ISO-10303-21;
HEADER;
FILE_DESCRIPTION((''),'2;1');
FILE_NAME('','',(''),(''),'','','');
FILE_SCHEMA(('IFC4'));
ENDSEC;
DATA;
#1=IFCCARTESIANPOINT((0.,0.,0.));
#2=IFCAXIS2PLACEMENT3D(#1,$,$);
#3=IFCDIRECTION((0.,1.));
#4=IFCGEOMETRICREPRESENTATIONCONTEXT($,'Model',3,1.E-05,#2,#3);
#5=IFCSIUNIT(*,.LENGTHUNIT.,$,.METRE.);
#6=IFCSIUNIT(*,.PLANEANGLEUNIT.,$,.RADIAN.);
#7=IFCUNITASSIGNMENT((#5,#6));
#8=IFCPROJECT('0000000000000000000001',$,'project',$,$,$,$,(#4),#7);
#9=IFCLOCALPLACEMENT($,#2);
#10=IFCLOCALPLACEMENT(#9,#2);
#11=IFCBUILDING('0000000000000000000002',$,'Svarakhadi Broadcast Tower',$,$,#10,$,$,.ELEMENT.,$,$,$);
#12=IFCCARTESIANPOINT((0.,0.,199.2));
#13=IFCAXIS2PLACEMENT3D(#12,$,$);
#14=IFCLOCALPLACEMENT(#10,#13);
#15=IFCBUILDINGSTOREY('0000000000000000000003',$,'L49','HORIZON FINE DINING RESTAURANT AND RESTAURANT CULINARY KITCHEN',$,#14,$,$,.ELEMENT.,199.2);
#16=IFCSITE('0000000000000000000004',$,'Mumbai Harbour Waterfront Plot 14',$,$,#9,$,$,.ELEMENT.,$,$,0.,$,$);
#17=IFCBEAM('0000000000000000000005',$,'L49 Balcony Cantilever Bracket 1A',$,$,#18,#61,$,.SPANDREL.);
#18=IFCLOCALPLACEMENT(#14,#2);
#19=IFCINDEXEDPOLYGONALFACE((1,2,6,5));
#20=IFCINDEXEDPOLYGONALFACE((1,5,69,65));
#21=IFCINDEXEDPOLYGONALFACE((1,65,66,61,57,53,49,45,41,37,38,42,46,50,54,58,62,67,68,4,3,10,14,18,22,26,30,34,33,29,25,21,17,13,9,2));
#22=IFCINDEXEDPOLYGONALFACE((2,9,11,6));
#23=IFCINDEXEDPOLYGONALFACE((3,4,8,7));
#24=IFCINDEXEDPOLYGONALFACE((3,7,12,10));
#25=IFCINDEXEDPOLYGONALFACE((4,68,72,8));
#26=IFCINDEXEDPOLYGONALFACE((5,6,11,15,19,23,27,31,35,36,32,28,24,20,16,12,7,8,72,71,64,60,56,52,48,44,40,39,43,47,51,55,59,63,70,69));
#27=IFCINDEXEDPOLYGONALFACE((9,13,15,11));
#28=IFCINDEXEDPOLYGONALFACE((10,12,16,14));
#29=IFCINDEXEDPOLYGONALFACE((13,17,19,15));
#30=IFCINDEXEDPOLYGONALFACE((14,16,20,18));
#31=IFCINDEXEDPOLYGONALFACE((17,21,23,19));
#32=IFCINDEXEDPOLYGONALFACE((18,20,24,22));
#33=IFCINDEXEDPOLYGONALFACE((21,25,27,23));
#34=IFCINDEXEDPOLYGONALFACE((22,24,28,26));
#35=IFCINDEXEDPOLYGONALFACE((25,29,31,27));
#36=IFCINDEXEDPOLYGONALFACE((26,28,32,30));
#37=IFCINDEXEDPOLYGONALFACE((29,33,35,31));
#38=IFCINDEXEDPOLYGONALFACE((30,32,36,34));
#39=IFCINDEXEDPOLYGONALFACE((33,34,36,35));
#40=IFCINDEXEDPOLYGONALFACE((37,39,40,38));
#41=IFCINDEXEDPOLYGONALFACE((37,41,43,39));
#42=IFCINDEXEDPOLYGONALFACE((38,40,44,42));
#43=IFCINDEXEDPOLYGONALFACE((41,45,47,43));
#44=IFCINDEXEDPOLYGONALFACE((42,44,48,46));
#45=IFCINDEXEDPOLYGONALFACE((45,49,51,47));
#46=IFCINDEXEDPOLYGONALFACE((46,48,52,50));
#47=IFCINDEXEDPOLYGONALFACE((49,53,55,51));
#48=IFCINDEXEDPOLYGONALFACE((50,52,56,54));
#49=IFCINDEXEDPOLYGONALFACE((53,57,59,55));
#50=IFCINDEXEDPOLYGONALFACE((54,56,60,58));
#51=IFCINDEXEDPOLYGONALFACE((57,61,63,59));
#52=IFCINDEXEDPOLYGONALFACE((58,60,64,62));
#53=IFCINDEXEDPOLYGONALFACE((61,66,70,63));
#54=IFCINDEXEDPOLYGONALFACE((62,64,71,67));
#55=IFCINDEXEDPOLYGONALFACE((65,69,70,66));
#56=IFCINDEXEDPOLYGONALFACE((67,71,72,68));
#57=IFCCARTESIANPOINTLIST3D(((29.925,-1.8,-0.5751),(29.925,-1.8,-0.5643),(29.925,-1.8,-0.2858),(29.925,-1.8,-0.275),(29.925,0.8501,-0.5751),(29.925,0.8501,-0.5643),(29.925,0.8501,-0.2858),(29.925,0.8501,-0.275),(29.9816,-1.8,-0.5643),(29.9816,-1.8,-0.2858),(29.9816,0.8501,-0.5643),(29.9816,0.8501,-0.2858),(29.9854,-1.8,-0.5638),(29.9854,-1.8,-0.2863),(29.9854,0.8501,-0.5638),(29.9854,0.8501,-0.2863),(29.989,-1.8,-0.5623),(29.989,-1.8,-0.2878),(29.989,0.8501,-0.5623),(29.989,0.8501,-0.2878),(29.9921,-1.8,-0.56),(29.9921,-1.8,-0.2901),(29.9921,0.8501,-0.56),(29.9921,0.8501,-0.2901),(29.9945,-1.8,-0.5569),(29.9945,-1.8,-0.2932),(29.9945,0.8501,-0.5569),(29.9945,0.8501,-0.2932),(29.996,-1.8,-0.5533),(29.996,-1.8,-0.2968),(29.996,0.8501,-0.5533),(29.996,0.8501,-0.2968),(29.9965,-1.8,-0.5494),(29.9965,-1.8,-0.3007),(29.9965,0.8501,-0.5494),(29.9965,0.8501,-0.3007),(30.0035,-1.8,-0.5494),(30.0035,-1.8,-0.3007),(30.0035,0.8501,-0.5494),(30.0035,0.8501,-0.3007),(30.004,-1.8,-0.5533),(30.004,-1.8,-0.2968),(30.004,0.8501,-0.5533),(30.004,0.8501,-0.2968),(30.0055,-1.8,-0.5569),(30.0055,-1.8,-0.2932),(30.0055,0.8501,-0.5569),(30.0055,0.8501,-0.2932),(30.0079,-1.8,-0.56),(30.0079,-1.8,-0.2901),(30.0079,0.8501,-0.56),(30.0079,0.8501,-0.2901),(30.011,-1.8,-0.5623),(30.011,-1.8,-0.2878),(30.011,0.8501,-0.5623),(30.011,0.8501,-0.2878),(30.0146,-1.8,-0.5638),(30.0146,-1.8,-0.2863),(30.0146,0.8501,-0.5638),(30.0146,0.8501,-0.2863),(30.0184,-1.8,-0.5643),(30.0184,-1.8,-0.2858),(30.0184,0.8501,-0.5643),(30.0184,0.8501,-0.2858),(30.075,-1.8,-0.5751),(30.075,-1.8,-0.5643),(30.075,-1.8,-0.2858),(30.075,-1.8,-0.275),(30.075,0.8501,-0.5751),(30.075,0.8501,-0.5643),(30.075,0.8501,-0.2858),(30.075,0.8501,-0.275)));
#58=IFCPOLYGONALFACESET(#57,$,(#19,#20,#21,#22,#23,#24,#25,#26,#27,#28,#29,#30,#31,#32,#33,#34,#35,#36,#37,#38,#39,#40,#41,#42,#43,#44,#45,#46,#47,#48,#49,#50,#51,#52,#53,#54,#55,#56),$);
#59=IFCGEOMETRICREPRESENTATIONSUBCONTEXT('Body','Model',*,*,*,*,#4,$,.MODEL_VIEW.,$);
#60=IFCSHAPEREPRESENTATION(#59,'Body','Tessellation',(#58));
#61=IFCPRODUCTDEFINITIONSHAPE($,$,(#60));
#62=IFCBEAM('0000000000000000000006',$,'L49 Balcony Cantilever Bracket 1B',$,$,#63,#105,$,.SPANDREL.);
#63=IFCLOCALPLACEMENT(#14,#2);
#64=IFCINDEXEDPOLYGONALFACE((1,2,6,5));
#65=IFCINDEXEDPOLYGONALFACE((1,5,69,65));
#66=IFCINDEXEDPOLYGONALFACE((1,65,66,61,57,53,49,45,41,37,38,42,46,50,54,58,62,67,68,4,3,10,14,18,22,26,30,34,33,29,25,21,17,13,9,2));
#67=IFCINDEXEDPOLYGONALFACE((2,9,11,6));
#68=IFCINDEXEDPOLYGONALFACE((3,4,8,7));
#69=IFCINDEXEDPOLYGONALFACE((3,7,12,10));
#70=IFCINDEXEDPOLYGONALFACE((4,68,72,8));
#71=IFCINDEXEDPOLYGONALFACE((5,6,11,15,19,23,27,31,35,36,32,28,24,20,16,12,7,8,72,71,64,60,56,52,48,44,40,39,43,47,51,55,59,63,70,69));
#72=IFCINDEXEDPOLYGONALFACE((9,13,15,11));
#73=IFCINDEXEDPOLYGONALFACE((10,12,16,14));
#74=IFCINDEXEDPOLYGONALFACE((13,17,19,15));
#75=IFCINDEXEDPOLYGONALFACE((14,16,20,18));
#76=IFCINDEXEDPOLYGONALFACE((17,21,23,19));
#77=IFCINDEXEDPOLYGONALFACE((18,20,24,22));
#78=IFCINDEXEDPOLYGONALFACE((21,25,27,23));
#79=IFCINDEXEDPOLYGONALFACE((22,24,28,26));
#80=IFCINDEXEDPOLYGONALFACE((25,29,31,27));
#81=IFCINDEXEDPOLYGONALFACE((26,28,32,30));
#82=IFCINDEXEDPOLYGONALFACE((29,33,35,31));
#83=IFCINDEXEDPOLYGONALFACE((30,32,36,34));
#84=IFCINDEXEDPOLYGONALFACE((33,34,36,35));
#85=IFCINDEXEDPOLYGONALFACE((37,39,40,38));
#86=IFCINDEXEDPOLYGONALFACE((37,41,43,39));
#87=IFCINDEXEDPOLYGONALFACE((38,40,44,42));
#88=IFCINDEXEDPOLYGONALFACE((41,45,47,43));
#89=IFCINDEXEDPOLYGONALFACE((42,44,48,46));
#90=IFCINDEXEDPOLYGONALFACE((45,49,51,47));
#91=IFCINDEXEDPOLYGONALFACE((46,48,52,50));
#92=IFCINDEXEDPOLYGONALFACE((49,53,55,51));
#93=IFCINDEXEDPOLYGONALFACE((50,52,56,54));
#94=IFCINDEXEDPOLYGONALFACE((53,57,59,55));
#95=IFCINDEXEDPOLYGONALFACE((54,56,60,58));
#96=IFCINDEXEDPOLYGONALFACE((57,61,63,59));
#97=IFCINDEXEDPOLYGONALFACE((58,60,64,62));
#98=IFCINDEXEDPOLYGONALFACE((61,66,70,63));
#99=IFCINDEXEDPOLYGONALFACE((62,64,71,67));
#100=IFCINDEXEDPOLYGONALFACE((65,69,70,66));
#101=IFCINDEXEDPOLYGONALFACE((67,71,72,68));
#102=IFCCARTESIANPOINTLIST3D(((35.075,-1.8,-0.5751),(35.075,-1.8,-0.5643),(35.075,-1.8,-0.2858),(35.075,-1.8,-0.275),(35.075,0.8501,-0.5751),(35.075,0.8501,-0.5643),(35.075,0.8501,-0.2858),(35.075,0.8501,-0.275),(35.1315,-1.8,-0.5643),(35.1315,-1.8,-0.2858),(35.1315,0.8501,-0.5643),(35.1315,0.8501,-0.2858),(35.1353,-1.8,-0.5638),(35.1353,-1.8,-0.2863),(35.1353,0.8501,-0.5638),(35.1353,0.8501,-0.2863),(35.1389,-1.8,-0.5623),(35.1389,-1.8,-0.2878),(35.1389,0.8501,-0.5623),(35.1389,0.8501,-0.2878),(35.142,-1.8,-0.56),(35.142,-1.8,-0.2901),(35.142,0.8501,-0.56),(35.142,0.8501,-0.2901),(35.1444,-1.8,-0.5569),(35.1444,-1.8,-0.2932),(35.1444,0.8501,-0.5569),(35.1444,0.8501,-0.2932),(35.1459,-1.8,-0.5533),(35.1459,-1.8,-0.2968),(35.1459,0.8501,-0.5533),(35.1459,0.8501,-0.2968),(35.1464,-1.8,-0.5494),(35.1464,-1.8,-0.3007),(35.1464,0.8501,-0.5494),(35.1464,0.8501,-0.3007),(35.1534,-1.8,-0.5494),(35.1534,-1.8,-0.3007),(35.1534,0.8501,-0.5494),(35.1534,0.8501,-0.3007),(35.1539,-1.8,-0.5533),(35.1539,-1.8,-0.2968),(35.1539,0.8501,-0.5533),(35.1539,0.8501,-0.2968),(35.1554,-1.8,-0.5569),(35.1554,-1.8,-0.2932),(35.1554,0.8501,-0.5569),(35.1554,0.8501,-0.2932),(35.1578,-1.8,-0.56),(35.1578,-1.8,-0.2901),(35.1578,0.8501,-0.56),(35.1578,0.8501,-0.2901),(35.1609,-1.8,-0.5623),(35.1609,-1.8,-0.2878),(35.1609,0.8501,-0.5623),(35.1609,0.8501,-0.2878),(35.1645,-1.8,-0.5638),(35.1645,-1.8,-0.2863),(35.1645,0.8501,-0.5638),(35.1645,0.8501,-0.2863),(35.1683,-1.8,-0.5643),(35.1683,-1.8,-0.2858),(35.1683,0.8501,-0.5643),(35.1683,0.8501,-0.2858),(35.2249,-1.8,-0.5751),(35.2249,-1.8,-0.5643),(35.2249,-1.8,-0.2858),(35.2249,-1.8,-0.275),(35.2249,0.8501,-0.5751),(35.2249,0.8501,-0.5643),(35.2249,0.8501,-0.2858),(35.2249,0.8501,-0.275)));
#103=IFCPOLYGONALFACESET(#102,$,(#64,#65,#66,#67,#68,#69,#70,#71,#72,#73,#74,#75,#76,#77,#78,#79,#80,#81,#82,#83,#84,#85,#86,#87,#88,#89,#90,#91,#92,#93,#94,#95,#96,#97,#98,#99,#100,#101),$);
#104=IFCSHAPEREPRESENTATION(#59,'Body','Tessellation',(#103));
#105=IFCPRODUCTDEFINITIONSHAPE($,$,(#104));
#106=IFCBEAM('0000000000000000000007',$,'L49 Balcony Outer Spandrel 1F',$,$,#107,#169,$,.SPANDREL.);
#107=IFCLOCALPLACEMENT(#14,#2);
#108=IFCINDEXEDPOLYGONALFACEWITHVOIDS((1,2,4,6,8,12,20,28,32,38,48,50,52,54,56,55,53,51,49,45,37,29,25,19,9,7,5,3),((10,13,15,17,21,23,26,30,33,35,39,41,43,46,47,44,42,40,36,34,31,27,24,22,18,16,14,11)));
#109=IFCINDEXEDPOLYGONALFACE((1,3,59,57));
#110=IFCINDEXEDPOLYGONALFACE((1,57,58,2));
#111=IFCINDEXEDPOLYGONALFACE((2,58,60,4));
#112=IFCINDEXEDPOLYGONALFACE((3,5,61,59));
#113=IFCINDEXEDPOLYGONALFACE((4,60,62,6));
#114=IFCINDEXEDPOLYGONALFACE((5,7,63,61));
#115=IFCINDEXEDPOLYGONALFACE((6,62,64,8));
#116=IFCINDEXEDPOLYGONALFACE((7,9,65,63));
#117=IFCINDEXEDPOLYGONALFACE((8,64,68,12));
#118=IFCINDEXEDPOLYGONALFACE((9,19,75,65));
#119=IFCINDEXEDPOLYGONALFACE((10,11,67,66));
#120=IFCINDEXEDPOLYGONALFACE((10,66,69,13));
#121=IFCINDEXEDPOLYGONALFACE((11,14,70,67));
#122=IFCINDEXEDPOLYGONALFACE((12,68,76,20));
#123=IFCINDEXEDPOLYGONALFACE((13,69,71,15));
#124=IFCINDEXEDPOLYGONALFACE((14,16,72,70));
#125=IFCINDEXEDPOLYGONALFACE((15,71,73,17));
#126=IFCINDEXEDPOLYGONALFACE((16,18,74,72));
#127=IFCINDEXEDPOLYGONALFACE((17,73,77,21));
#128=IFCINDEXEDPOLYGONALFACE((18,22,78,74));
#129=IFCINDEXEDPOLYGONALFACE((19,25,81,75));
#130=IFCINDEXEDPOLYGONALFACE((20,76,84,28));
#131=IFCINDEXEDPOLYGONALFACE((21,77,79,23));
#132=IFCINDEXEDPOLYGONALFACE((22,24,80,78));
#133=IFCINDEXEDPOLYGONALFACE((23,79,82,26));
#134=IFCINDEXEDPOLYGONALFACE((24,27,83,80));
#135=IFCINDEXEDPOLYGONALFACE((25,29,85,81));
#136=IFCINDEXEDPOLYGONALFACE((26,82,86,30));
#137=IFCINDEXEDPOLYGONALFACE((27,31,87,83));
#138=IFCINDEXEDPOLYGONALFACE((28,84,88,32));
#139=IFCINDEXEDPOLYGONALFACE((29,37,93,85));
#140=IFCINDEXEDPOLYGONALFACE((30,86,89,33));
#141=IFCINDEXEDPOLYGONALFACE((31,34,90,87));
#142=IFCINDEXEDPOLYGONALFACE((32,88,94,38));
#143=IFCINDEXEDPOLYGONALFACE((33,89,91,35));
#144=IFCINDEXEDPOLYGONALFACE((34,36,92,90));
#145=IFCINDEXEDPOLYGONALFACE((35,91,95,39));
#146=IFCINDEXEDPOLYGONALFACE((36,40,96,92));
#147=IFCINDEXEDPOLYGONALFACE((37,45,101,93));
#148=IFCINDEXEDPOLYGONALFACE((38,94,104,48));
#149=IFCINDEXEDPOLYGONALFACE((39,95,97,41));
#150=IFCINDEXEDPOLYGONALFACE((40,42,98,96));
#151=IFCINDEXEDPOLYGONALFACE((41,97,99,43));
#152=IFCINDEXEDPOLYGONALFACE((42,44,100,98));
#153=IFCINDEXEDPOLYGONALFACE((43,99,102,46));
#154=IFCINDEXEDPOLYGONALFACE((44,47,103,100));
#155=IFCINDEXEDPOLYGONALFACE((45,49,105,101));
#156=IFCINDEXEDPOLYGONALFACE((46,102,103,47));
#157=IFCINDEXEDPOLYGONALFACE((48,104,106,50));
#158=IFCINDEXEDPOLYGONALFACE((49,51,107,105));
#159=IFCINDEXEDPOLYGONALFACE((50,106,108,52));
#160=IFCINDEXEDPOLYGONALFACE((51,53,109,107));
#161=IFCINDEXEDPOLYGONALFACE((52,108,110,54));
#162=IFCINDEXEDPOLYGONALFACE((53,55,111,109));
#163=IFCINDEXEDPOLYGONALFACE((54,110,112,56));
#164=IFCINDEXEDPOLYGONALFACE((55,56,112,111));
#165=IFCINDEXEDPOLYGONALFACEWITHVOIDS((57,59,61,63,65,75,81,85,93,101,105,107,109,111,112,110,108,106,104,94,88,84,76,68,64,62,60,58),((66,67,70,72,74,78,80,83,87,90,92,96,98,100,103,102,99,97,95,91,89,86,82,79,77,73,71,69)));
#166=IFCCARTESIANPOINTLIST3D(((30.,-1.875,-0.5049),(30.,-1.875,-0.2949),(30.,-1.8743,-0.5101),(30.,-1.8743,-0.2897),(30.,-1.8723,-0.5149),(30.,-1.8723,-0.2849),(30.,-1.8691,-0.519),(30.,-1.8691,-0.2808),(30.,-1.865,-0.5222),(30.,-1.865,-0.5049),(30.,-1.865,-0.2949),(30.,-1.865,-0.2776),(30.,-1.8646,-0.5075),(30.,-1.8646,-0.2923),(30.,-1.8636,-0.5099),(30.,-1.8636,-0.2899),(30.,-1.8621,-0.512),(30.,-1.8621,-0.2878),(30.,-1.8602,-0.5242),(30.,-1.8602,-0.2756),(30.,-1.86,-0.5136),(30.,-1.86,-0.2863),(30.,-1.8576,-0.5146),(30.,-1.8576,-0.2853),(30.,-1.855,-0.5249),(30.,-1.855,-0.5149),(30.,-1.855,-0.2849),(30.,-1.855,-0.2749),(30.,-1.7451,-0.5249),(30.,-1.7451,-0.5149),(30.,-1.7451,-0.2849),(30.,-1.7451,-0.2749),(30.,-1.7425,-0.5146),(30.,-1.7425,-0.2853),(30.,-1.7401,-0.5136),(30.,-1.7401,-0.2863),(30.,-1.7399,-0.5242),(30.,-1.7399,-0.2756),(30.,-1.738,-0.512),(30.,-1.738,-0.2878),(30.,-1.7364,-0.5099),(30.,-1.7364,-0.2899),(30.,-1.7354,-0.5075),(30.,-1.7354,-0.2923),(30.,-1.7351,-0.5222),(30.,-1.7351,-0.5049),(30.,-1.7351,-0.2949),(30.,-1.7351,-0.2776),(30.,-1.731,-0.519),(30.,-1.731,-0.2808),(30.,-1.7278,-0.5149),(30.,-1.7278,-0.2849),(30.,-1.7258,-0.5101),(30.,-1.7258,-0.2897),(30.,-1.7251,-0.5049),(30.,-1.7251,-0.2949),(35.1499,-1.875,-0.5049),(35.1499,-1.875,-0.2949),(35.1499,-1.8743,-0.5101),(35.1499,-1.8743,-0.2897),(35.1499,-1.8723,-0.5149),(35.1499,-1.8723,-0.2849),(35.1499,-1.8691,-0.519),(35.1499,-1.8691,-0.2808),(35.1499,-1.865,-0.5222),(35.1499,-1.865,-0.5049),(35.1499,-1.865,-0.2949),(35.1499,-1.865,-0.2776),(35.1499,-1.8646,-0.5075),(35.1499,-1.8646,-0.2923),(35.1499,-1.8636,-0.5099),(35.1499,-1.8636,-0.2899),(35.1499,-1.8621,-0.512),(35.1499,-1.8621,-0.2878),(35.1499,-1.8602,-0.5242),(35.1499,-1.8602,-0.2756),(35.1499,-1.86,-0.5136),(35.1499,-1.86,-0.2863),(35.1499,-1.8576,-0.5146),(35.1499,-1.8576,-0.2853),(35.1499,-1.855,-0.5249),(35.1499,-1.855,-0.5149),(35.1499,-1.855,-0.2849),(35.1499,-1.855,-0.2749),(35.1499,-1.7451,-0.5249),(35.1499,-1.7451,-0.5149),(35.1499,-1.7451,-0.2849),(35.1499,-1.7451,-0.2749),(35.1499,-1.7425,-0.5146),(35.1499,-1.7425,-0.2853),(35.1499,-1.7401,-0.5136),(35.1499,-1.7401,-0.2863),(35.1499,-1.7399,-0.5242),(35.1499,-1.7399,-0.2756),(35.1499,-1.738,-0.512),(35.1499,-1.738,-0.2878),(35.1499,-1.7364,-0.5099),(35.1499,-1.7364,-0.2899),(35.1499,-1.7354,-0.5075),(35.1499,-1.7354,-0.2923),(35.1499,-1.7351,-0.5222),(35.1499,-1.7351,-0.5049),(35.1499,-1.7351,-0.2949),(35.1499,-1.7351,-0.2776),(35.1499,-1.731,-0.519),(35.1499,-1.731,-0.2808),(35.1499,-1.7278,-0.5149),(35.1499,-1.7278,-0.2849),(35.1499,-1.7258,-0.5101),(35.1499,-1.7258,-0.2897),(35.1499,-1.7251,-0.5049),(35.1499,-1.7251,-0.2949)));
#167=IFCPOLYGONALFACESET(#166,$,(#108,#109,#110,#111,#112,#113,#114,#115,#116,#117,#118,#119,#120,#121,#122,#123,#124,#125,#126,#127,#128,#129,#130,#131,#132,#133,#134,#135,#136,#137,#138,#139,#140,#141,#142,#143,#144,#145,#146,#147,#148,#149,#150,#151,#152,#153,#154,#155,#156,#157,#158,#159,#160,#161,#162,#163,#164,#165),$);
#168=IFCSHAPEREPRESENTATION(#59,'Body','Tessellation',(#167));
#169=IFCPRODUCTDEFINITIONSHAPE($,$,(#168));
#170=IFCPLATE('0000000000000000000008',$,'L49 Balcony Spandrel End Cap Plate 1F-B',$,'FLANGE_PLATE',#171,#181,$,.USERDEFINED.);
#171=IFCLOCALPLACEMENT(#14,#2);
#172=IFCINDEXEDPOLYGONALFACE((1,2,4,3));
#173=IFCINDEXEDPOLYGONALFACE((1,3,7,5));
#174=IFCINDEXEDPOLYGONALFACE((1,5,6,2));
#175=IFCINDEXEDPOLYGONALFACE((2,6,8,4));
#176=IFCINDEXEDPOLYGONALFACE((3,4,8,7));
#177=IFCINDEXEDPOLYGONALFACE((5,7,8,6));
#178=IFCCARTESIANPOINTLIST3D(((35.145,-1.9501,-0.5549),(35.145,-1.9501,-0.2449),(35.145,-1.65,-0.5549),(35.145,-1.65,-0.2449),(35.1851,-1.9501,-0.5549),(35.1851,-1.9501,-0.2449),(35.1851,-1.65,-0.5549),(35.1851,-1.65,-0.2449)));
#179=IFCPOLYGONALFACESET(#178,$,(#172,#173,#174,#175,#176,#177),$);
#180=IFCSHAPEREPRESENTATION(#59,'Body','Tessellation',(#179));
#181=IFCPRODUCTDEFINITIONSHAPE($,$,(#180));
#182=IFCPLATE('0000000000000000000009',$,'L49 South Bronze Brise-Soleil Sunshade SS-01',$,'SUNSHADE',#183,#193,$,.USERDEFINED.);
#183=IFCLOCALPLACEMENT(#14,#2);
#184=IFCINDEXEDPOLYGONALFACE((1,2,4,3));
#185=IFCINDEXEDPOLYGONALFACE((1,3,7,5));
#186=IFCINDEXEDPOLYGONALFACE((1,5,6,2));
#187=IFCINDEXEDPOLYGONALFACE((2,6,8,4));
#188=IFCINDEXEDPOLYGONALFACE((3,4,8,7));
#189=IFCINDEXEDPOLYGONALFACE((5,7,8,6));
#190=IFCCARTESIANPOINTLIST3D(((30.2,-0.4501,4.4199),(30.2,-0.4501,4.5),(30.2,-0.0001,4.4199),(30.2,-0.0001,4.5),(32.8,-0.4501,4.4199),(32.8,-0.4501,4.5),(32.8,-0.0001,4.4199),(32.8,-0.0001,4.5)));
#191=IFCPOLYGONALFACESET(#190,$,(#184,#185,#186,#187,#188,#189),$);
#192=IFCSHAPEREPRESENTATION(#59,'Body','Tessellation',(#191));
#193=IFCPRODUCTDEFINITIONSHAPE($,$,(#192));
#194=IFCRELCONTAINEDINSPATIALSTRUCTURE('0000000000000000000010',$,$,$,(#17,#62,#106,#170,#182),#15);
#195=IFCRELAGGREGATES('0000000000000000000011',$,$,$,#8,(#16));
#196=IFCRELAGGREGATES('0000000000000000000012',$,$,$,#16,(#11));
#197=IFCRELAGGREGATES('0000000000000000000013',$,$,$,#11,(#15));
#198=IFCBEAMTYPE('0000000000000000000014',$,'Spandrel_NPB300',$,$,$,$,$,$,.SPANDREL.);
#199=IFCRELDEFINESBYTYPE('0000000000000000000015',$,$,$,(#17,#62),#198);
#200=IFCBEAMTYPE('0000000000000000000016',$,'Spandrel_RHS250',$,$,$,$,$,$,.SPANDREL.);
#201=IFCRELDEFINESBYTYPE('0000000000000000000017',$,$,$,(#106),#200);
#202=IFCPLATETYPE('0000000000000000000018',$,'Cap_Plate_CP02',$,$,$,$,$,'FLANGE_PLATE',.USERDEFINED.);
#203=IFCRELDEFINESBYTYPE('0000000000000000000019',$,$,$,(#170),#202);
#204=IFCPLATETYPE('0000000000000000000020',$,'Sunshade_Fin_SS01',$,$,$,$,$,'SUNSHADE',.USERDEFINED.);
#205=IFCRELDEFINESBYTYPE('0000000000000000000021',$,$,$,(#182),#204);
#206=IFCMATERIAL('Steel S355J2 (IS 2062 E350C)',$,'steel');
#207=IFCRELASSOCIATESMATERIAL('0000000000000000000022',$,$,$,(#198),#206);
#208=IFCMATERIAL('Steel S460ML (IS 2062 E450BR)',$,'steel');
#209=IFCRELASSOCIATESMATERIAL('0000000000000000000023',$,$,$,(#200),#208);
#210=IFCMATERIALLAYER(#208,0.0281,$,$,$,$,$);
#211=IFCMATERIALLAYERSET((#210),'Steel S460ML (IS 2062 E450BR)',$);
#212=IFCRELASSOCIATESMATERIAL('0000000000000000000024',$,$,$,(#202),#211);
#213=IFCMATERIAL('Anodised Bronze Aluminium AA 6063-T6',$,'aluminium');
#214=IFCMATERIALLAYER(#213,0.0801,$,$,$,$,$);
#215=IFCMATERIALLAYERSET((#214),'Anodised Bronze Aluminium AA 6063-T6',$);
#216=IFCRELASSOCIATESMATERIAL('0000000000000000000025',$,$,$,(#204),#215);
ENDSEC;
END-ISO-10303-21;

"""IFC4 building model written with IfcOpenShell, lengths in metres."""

from ifc_helpers import new_model, si_unit, direction, frame, origin, origin_2d, place, context, subcontext, project, spatial, rectangle, hollow_rectangle, i_section, extrude, material, layer, layer_set, material_profile, profile_set, type_object, element, save


model = new_model("IFC4")

# Units and contexts
model_context = context("Model", 3, precision=1e-05, world=origin(), true_north=direction((0.0, 1.0)))
body_context = subcontext(model_context, "Body", "Model", "MODEL_VIEW")
ifc_project = project(units=[si_unit("LENGTHUNIT", "METRE"), si_unit("PLANEANGLEUNIT", "RADIAN")], contexts=[model_context])

# Site, building, storey
site_placement = place(None, origin())
site = spatial("IfcSite", under=ifc_project, at=site_placement, Name="Mumbai Harbour Waterfront Plot 14", CompositionType="ELEMENT", RefElevation=0.0)
building_placement = place(site_placement, origin())
building = spatial("IfcBuilding", under=site, at=building_placement, Name="Svarakhadi Broadcast Tower", CompositionType="ELEMENT")
storey_placement = place(building_placement, frame((0.0, 0.0, 199.2)))
storey = spatial("IfcBuildingStorey", under=building, at=storey_placement, Name="L49", Description="HORIZON FINE DINING RESTAURANT AND RESTAURANT CULINARY KITCHEN", CompositionType="ELEMENT", Elevation=199.2)

# Shared definitions
ifc_material_1 = material(Name="Steel S460ML (IS 2062 E450BR)", Category="steel")

# Shared definitions
ifc_material_2 = material(Name="Steel S355J2 (IS 2062 E350C)", Category="steel")

# Shared definitions
ifc_material_3 = material(Name="Anodised Bronze Aluminium AA 6063-T6", Category="aluminium")

# Beams
ifc_material_profile_1 = material_profile(ifc_material_2, i_section(OverallWidth=0.1499, OverallDepth=0.3, WebThickness=0.0071, FlangeThickness=0.0107, FilletRadius=0.0149, at=origin_2d()), Name="NPB 300x150x37")
ifc_profile_set_1 = profile_set([ifc_material_profile_1], Name="Steel S355J2 (IS 2062 E350C)")
beam_type_1 = type_object("IfcBeamType", Name="Spandrel_NPB300", PredefinedType="SPANDREL", material=ifc_profile_set_1)
for number, where, z_axis, x_axis, name in (
    (1, (30.0, 0.8501, -0.425), (0.0, -1.0, 0.0), (1.0, 0.0, 0.0), "L49 Balcony Cantilever Bracket 1A"),
    (2, (35.1499, 0.8501, -0.425), (0.0, -1.0, 0.0), (1.0, 0.0, 0.0), "L49 Balcony Cantilever Bracket 1B"),
):
    element("IfcBeam", number, at=place(storey_placement, frame(where, z_axis=z_axis, x_axis=x_axis)), inside=storey, type_object=beam_type_1, Name=name, PredefinedType="SPANDREL", context=body_context, shape_type="SweptSolid", body=[
        extrude(i_section(OverallWidth=0.1499, OverallDepth=0.3, WebThickness=0.0071, FlangeThickness=0.0107, FilletRadius=0.0149, at=origin_2d()), origin(), (0.0, 0.0, 1.0), 2.6501),
    ])
ifc_material_profile_2 = material_profile(ifc_material_1, hollow_rectangle(XDim=0.1499, YDim=0.25, WallThickness=0.01, InnerFilletRadius=0.01, OuterFilletRadius=0.02, at=origin_2d()), Name="RHS 250x150x10")
ifc_profile_set_2 = profile_set([ifc_material_profile_2], Name="Steel S460ML (IS 2062 E450BR)")
beam_type_2 = type_object("IfcBeamType", Name="Spandrel_RHS250", PredefinedType="SPANDREL", material=ifc_profile_set_2)
beam_1_placement = place(storey_placement, frame((30.0, -1.8, -0.3999), z_axis=(1.0, 0.0, 0.0), x_axis=(0.0, 1.0, 0.0)))
element("IfcBeam", 3, at=beam_1_placement, inside=storey, type_object=beam_type_2, Name="L49 Balcony Outer Spandrel 1F", PredefinedType="SPANDREL", context=body_context, shape_type="SweptSolid", body=[
    extrude(hollow_rectangle(XDim=0.1499, YDim=0.25, WallThickness=0.01, InnerFilletRadius=0.01, OuterFilletRadius=0.02, at=origin_2d()), origin(), (0.0, 0.0, 1.0), 5.1499),
])

# Plates
ifc_layer_1 = layer(ifc_material_1, 0.0281)
ifc_layer_set_1 = layer_set([ifc_layer_1], Name="Steel S460ML (IS 2062 E450BR)")
plate_type_1 = type_object("IfcPlateType", Name="Cap_Plate_CP02", ElementType="FLANGE_PLATE", PredefinedType="USERDEFINED", material=ifc_layer_set_1)
plate_1_placement = place(storey_placement, frame((35.165, -1.8, -0.5549), z_axis=(0.0, 0.0, 1.0), x_axis=(1.0, 0.0, 0.0)))
element("IfcPlate", 4, at=plate_1_placement, inside=storey, type_object=plate_type_1, Name="L49 Balcony Spandrel End Cap Plate 1F-B", ObjectType="FLANGE_PLATE", PredefinedType="USERDEFINED", context=body_context, shape_type="SweptSolid", body=[
    extrude(rectangle(XDim=0.04, YDim=0.3, at=origin_2d()), origin(), (0.0, 0.0, 1.0), 0.3101),
])
ifc_layer_2 = layer(ifc_material_3, 0.0801)
ifc_layer_set_2 = layer_set([ifc_layer_2], Name="Anodised Bronze Aluminium AA 6063-T6")
plate_type_2 = type_object("IfcPlateType", Name="Sunshade_Fin_SS01", ElementType="SUNSHADE", PredefinedType="USERDEFINED", material=ifc_layer_set_2)
plate_2_placement = place(storey_placement, frame((31.5, -0.2251, 4.4199), z_axis=(0.0, 0.0, 1.0), x_axis=(1.0, 0.0, 0.0)))
element("IfcPlate", 5, at=plate_2_placement, inside=storey, type_object=plate_type_2, Name="L49 South Bronze Brise-Soleil Sunshade SS-01", ObjectType="SUNSHADE", PredefinedType="USERDEFINED", context=body_context, shape_type="SweptSolid", body=[
    extrude(rectangle(XDim=2.6001, YDim=0.45, at=origin_2d()), origin(), (0.0, 0.0, 1.0), 0.0801),
])

save(model, "model.ifc")
